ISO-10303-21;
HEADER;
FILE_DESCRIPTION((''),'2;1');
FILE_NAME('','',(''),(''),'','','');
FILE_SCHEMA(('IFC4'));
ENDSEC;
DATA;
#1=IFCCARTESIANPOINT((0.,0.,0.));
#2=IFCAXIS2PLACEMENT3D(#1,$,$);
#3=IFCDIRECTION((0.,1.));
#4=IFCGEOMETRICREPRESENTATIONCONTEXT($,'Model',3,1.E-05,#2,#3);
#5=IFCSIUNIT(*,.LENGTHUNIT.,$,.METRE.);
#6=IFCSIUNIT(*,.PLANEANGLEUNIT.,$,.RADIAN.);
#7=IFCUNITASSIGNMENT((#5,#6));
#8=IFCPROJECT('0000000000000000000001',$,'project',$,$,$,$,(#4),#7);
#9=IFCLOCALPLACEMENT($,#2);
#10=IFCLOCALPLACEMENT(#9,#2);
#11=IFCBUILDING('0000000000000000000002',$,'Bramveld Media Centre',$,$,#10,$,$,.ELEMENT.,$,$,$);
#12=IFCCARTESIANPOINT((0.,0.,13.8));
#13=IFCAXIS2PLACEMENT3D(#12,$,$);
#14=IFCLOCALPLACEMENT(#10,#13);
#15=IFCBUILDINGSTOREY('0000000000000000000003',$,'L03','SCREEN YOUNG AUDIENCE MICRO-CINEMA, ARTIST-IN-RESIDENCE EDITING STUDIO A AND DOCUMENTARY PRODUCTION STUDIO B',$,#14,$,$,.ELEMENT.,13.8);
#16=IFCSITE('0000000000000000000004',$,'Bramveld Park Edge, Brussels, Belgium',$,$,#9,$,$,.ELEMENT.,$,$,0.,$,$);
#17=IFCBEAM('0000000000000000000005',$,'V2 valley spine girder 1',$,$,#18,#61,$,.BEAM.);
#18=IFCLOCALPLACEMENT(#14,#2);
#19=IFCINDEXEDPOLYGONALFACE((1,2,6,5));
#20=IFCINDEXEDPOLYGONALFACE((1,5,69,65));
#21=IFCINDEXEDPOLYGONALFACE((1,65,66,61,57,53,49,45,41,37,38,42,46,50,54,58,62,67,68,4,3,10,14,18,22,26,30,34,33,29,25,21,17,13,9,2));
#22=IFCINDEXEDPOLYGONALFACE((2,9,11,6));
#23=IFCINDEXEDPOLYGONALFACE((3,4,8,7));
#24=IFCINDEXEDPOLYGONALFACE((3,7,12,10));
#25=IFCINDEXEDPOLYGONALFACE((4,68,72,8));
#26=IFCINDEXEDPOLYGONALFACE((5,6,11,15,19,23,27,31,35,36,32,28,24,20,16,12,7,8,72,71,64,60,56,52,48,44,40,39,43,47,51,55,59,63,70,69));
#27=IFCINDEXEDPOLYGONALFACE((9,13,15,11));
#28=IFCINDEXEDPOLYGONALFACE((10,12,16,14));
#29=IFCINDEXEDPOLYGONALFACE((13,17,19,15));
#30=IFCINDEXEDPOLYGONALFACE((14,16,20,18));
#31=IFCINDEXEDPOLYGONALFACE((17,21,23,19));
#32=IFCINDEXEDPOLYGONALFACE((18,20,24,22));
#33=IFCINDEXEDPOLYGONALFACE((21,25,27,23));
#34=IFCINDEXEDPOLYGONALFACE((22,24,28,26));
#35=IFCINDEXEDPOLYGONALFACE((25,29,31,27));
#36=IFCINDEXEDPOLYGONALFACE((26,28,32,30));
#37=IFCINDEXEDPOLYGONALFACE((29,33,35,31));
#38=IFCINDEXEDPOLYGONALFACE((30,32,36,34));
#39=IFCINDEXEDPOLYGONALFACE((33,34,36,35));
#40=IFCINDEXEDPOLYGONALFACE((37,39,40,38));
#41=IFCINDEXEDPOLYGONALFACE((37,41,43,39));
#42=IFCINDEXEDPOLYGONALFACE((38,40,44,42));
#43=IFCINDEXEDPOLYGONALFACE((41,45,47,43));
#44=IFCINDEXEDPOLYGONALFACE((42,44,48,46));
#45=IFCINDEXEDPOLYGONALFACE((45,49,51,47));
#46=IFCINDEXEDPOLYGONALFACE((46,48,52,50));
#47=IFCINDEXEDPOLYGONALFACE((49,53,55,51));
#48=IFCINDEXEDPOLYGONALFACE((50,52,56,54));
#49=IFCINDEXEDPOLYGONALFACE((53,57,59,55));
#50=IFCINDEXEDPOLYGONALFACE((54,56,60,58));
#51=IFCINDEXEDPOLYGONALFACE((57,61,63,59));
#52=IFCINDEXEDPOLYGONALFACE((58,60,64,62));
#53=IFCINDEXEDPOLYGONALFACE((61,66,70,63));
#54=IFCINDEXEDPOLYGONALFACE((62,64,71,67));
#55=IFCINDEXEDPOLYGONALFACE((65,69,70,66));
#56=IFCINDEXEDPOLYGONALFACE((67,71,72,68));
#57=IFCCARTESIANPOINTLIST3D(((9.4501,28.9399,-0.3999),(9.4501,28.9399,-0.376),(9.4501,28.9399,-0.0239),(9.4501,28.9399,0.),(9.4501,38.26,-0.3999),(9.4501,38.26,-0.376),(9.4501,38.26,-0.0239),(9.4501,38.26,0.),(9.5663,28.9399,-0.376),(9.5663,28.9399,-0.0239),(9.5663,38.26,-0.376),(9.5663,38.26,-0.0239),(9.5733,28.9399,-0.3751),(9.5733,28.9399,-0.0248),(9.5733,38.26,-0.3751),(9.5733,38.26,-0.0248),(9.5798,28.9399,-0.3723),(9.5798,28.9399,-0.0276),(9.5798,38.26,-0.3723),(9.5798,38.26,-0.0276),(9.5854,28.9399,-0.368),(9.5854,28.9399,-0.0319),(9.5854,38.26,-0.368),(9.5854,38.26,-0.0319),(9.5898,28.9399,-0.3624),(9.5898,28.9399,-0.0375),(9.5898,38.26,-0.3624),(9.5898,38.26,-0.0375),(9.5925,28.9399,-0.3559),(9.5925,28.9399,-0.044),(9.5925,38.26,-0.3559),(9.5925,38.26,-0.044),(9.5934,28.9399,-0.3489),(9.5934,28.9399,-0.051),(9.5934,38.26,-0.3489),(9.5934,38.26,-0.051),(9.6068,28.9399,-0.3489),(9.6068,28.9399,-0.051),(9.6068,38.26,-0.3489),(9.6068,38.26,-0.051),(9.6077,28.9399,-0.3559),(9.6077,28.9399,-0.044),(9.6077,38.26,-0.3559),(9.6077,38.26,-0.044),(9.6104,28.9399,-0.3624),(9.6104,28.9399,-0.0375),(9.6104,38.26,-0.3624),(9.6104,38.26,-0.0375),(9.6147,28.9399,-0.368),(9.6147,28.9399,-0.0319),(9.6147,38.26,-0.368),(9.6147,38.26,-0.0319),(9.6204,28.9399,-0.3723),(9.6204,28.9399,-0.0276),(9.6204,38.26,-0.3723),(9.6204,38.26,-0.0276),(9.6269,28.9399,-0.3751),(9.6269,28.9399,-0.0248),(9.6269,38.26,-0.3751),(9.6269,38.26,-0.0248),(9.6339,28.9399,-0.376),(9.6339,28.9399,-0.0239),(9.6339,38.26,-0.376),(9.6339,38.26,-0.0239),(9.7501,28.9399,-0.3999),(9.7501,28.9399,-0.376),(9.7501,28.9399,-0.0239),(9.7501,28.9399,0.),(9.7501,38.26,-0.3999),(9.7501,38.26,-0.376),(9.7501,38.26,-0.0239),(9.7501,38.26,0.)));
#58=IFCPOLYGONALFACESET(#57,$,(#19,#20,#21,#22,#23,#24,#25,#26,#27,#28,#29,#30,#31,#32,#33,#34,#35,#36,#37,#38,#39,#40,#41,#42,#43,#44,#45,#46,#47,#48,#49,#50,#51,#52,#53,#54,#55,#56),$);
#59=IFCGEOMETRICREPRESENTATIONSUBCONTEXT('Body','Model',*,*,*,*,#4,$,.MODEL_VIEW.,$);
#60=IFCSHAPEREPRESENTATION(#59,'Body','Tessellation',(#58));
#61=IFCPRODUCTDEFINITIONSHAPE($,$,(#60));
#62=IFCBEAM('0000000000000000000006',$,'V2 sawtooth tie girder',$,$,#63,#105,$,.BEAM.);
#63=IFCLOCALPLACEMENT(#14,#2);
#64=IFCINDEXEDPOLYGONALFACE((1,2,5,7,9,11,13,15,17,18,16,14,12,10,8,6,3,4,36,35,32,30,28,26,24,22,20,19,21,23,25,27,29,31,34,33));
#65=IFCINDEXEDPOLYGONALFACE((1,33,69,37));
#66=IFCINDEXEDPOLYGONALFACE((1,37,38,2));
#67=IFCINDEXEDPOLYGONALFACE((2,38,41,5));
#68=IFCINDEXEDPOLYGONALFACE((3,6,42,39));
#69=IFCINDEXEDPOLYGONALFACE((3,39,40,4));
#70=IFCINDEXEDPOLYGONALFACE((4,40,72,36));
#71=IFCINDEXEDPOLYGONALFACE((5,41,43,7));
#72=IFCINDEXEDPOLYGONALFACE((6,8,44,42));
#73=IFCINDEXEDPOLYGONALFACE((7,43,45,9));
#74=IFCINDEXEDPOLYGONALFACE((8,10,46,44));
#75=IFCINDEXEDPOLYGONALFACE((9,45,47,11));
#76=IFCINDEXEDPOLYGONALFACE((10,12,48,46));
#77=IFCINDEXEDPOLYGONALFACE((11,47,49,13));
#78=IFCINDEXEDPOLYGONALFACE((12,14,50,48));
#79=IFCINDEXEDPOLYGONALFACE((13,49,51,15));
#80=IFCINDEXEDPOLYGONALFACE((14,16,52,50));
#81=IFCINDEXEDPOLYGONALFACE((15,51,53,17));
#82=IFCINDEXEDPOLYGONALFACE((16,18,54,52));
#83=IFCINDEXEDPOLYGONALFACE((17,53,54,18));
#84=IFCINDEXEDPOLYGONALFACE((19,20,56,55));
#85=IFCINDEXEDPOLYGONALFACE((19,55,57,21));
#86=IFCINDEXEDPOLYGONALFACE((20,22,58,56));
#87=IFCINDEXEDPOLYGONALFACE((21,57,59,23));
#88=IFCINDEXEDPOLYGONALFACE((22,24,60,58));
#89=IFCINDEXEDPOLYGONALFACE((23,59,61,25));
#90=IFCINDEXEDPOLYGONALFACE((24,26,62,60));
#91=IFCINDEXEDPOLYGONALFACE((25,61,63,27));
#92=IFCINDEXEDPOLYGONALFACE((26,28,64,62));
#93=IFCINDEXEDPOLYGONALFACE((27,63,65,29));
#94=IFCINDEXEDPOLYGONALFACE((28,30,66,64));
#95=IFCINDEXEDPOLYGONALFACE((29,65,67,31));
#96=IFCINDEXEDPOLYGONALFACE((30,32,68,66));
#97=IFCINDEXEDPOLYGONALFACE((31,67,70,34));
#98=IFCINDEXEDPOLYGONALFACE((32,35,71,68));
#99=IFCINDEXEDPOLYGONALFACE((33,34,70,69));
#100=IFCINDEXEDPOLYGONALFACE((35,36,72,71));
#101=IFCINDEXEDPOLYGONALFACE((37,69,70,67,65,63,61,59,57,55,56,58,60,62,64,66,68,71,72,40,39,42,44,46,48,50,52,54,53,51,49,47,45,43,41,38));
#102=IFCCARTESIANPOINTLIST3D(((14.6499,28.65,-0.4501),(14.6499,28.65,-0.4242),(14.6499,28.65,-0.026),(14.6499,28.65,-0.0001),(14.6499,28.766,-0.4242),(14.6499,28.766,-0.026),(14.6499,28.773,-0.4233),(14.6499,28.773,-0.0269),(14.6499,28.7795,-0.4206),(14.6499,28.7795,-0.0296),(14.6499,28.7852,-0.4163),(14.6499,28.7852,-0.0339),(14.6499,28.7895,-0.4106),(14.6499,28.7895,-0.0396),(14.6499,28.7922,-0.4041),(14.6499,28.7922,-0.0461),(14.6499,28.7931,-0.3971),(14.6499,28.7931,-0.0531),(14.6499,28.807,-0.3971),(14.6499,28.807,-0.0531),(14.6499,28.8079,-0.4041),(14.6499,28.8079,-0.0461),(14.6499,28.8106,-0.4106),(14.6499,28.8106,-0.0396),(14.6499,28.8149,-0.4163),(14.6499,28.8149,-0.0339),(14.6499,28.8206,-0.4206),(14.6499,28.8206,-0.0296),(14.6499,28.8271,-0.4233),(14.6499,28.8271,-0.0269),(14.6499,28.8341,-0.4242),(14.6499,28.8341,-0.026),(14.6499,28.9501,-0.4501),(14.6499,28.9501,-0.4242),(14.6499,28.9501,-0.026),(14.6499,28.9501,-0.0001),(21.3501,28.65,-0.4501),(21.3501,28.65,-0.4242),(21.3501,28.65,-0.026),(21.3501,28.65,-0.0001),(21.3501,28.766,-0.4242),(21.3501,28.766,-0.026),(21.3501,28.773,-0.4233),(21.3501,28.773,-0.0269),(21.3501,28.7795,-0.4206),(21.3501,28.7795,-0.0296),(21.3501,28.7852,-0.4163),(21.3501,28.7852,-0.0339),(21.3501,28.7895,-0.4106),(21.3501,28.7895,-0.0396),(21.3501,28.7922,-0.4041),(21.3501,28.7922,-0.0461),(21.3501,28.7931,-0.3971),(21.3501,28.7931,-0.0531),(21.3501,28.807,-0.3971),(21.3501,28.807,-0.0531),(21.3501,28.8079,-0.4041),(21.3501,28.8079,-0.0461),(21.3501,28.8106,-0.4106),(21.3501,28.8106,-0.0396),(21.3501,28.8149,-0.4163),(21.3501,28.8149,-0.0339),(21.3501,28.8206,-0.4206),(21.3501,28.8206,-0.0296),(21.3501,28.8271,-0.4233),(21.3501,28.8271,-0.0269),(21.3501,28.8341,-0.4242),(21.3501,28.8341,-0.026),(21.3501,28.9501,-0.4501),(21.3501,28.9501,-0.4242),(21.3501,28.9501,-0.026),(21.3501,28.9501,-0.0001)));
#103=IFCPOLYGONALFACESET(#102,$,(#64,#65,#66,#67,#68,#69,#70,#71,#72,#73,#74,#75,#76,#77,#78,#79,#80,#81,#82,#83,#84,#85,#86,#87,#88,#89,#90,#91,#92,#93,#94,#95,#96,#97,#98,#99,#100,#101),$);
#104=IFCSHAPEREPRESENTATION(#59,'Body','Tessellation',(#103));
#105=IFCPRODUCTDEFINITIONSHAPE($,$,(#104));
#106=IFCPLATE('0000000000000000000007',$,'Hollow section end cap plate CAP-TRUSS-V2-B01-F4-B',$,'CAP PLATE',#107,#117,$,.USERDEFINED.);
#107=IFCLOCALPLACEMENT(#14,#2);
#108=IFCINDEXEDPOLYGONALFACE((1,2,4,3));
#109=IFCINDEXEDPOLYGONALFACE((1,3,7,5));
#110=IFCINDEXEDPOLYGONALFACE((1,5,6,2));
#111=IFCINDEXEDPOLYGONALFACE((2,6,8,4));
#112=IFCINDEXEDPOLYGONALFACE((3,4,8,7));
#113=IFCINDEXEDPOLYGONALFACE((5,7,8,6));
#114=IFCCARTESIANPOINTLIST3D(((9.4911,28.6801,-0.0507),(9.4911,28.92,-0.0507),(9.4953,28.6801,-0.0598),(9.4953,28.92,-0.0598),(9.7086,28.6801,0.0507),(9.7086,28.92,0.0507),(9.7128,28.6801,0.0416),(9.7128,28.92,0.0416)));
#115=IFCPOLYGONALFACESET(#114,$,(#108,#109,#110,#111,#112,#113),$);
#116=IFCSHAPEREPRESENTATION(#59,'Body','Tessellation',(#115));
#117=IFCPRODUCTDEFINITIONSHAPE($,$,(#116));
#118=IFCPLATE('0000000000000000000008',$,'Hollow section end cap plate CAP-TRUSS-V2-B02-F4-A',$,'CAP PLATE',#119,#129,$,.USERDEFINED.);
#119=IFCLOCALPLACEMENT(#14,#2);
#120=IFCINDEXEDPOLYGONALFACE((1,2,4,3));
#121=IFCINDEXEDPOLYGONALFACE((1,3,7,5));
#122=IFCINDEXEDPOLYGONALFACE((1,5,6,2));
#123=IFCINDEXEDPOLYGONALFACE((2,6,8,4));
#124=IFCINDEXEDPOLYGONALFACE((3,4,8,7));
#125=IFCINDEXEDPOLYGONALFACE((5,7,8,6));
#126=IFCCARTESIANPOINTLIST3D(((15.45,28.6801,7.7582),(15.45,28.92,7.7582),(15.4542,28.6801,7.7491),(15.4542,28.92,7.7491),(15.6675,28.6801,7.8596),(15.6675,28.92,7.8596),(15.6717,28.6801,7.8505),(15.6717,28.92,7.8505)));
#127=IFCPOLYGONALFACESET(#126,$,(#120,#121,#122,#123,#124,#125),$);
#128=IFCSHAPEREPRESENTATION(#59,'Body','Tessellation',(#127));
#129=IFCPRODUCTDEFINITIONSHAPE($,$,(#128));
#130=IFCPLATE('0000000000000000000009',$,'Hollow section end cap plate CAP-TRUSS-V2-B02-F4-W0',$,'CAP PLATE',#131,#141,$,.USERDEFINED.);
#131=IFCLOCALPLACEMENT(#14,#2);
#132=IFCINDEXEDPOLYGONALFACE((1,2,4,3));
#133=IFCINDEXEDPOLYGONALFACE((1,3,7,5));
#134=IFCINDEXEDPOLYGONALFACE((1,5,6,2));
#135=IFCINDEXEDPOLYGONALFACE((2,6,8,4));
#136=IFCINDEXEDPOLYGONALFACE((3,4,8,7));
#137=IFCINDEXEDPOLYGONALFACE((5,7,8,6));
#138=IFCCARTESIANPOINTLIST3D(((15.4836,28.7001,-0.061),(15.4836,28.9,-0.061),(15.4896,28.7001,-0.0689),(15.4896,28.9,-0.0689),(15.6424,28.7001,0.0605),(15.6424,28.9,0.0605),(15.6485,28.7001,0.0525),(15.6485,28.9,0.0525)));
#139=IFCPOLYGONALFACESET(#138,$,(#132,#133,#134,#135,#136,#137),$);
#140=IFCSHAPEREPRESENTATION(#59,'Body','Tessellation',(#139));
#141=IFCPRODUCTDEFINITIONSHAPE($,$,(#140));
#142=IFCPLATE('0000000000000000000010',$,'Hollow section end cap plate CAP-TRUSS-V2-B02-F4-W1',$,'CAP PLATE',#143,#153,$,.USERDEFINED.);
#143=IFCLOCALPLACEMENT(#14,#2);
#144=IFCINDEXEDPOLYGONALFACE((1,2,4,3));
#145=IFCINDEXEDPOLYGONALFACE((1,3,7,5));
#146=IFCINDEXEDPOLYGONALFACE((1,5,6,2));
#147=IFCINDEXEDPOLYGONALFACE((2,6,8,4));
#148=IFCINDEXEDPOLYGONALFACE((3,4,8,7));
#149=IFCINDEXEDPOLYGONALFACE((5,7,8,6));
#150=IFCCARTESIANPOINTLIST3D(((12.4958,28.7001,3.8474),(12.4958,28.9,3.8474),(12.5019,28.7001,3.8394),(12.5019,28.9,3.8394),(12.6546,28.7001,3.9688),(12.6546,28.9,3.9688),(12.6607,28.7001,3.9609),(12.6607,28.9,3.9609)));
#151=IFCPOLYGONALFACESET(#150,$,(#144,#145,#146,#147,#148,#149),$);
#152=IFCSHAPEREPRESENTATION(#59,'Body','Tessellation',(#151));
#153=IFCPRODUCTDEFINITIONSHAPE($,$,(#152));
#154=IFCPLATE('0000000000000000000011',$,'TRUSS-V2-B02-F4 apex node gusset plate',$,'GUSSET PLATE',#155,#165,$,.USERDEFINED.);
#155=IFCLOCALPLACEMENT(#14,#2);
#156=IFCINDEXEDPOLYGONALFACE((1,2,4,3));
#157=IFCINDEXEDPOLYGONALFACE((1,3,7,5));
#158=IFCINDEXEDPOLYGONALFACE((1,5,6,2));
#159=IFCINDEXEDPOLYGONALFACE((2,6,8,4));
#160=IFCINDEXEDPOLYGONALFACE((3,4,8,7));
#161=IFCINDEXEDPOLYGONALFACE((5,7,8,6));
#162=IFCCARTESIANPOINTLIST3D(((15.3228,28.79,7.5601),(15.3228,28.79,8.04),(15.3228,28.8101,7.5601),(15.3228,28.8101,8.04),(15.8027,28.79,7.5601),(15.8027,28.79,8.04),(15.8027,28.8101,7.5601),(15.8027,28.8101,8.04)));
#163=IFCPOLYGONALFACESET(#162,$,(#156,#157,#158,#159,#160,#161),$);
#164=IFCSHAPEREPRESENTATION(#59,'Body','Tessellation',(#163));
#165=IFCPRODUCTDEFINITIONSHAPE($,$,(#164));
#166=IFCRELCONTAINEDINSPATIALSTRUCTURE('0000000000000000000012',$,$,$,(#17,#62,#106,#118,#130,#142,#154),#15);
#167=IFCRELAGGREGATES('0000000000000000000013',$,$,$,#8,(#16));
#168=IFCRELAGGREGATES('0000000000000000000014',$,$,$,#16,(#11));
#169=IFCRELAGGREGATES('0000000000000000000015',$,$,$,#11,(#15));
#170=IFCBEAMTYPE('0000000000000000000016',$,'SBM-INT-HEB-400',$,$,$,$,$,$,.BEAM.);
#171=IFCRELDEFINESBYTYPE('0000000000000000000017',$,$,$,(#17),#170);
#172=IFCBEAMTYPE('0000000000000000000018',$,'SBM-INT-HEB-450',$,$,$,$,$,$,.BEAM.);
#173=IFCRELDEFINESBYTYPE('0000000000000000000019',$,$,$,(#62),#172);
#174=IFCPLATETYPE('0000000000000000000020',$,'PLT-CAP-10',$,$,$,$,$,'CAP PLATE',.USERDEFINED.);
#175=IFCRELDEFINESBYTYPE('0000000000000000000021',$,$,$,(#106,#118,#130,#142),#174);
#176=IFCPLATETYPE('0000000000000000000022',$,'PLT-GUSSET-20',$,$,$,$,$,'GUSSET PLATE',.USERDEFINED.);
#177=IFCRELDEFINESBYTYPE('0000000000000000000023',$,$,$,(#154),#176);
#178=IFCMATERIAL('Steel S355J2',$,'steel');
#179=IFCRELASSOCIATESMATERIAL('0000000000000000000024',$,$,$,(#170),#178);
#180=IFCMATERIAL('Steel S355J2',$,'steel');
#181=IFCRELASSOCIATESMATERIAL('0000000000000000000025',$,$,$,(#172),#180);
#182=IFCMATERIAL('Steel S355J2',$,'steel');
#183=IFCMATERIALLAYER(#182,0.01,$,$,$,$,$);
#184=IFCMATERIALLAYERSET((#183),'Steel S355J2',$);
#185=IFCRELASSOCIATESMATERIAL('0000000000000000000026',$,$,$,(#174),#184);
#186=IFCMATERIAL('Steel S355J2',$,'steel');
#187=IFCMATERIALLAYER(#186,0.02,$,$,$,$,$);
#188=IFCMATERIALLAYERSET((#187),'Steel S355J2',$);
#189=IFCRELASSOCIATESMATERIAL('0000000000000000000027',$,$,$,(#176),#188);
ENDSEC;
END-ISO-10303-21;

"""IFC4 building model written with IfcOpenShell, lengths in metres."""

from ifc_helpers import new_model, si_unit, direction, frame, origin, origin_2d, place, context, subcontext, project, spatial, rectangle, i_section, extrude, material, layer, layer_set, material_profile, profile_set, type_object, element, save


model = new_model("IFC4")

# Units and contexts
model_context = context("Model", 3, precision=1e-05, world=origin(), true_north=direction((0.0, 1.0)))
body_context = subcontext(model_context, "Body", "Model", "MODEL_VIEW")
ifc_project = project(units=[si_unit("LENGTHUNIT", "METRE"), si_unit("PLANEANGLEUNIT", "RADIAN")], contexts=[model_context])

# Site, building, storey
site_placement = place(None, origin())
site = spatial("IfcSite", under=ifc_project, at=site_placement, Name="Bramveld Park Edge, Brussels, Belgium", CompositionType="ELEMENT", RefElevation=0.0)
building_placement = place(site_placement, origin())
building = spatial("IfcBuilding", under=site, at=building_placement, Name="Bramveld Media Centre", CompositionType="ELEMENT")
storey_placement = place(building_placement, frame((0.0, 0.0, 13.8)))
storey = spatial("IfcBuildingStorey", under=building, at=storey_placement, Name="L03", Description="SCREEN YOUNG AUDIENCE MICRO-CINEMA, ARTIST-IN-RESIDENCE EDITING STUDIO A AND DOCUMENTARY PRODUCTION STUDIO B", CompositionType="ELEMENT", Elevation=13.8)

# Beams
ifc_material_1 = material(Name="Steel S355J2", Category="steel")
ifc_material_profile_1 = material_profile(ifc_material_1, i_section(OverallWidth=0.3, OverallDepth=0.3999, WebThickness=0.0134, FlangeThickness=0.0239, FilletRadius=0.0271, at=origin_2d()), Name="HEB 400")
ifc_profile_set_1 = profile_set([ifc_material_profile_1], Name="Steel S355J2")
beam_type_1 = type_object("IfcBeamType", Name="SBM-INT-HEB-400", PredefinedType="BEAM", material=ifc_profile_set_1)
beam_1_placement = place(storey_placement, frame((9.6001, 28.9399, -0.2), z_axis=(0.0, 1.0, 0.0), x_axis=(-1.0, 0.0, 0.0)))
element("IfcBeam", 1, at=beam_1_placement, inside=storey, type_object=beam_type_1, Name="V2 valley spine girder 1", PredefinedType="BEAM", context=body_context, shape_type="SweptSolid", body=[
    extrude(i_section(OverallWidth=0.3, OverallDepth=0.3999, WebThickness=0.0134, FlangeThickness=0.0239, FilletRadius=0.0271, at=origin_2d()), origin(), (0.0, 0.0, 1.0), 9.3201),
])
ifc_material_2 = material(Name="Steel S355J2", Category="steel")
ifc_material_profile_2 = material_profile(ifc_material_2, i_section(OverallWidth=0.3, OverallDepth=0.45, WebThickness=0.0139, FlangeThickness=0.0259, FilletRadius=0.0271, at=origin_2d()), Name="HEB 450")
ifc_profile_set_2 = profile_set([ifc_material_profile_2], Name="Steel S355J2")
beam_type_2 = type_object("IfcBeamType", Name="SBM-INT-HEB-450", PredefinedType="BEAM", material=ifc_profile_set_2)
beam_2_placement = place(storey_placement, frame((14.6499, 28.8, -0.2251), z_axis=(1.0, 0.0, 0.0), x_axis=(0.0, 1.0, 0.0)))
element("IfcBeam", 2, at=beam_2_placement, inside=storey, type_object=beam_type_2, Name="V2 sawtooth tie girder", PredefinedType="BEAM", context=body_context, shape_type="SweptSolid", body=[
    extrude(i_section(OverallWidth=0.3, OverallDepth=0.45, WebThickness=0.0139, FlangeThickness=0.0259, FilletRadius=0.0271, at=origin_2d()), origin(), (0.0, 0.0, 1.0), 6.7002),
])

# Plates
ifc_material_3 = material(Name="Steel S355J2", Category="steel")
ifc_layer_1 = layer(ifc_material_3, 0.01)
ifc_layer_set_1 = layer_set([ifc_layer_1], Name="Steel S355J2")
plate_type_1 = type_object("IfcPlateType", Name="PLT-CAP-10", ElementType="CAP PLATE", PredefinedType="USERDEFINED", material=ifc_layer_set_1)
for number, where, z_axis, x_axis, name in (
    (3, (9.5999, 28.8, 0.0), (0.422618, 0.0, -0.906308), (0.0, 1.0, 0.0), "Hollow section end cap plate CAP-TRUSS-V2-B01-F4-B"),
    (4, (15.563, 28.8, 7.7998), (-0.422618, 0.0, 0.906308), (0.0, -1.0, 0.0), "Hollow section end cap plate CAP-TRUSS-V2-B02-F4-A"),
):
    element("IfcPlate", number, at=place(storey_placement, frame(where, z_axis=z_axis, x_axis=x_axis)), inside=storey, type_object=plate_type_1, Name=name, ObjectType="CAP PLATE", PredefinedType="USERDEFINED", context=body_context, shape_type="SweptSolid", body=[
        extrude(rectangle(XDim=0.24, YDim=0.24, at=origin_2d()), origin(), (0.0, 0.0, 1.0), 0.01),
    ])
for number, where, z_axis, x_axis, name in (
    (5, (15.563, 28.8, -0.0002), (0.607328, 0.0, -0.794451), (0.0, 1.0, 0.0), "Hollow section end cap plate CAP-TRUSS-V2-B02-F4-W0"),
    (6, (12.5813, 28.8, 3.9001), (-0.607328, 0.0, 0.794451), (0.0, -1.0, 0.0), "Hollow section end cap plate CAP-TRUSS-V2-B02-F4-W1"),
):
    element("IfcPlate", number, at=place(storey_placement, frame(where, z_axis=z_axis, x_axis=x_axis)), inside=storey, type_object=plate_type_1, Name=name, ObjectType="CAP PLATE", PredefinedType="USERDEFINED", context=body_context, shape_type="SweptSolid", body=[
        extrude(rectangle(XDim=0.2, YDim=0.2, at=origin_2d()), origin(), (0.0, 0.0, 1.0), 0.01),
    ])
ifc_material_4 = material(Name="Steel S355J2", Category="steel")
ifc_layer_2 = layer(ifc_material_4, 0.02)
ifc_layer_set_2 = layer_set([ifc_layer_2], Name="Steel S355J2")
plate_type_2 = type_object("IfcPlateType", Name="PLT-GUSSET-20", ElementType="GUSSET PLATE", PredefinedType="USERDEFINED", material=ifc_layer_set_2)
plate_placement = place(storey_placement, frame((15.5627, 28.8, 7.5601), z_axis=(0.0, 0.0, 1.0), x_axis=(1.0, 0.0, 0.0)))
element("IfcPlate", 7, at=plate_placement, inside=storey, type_object=plate_type_2, Name="TRUSS-V2-B02-F4 apex node gusset plate", ObjectType="GUSSET PLATE", PredefinedType="USERDEFINED", context=body_context, shape_type="SweptSolid", body=[
    extrude(rectangle(XDim=0.48, YDim=0.02, at=origin_2d()), origin(), (0.0, 0.0, 1.0), 0.48),
])

save(model, "model.ifc")
